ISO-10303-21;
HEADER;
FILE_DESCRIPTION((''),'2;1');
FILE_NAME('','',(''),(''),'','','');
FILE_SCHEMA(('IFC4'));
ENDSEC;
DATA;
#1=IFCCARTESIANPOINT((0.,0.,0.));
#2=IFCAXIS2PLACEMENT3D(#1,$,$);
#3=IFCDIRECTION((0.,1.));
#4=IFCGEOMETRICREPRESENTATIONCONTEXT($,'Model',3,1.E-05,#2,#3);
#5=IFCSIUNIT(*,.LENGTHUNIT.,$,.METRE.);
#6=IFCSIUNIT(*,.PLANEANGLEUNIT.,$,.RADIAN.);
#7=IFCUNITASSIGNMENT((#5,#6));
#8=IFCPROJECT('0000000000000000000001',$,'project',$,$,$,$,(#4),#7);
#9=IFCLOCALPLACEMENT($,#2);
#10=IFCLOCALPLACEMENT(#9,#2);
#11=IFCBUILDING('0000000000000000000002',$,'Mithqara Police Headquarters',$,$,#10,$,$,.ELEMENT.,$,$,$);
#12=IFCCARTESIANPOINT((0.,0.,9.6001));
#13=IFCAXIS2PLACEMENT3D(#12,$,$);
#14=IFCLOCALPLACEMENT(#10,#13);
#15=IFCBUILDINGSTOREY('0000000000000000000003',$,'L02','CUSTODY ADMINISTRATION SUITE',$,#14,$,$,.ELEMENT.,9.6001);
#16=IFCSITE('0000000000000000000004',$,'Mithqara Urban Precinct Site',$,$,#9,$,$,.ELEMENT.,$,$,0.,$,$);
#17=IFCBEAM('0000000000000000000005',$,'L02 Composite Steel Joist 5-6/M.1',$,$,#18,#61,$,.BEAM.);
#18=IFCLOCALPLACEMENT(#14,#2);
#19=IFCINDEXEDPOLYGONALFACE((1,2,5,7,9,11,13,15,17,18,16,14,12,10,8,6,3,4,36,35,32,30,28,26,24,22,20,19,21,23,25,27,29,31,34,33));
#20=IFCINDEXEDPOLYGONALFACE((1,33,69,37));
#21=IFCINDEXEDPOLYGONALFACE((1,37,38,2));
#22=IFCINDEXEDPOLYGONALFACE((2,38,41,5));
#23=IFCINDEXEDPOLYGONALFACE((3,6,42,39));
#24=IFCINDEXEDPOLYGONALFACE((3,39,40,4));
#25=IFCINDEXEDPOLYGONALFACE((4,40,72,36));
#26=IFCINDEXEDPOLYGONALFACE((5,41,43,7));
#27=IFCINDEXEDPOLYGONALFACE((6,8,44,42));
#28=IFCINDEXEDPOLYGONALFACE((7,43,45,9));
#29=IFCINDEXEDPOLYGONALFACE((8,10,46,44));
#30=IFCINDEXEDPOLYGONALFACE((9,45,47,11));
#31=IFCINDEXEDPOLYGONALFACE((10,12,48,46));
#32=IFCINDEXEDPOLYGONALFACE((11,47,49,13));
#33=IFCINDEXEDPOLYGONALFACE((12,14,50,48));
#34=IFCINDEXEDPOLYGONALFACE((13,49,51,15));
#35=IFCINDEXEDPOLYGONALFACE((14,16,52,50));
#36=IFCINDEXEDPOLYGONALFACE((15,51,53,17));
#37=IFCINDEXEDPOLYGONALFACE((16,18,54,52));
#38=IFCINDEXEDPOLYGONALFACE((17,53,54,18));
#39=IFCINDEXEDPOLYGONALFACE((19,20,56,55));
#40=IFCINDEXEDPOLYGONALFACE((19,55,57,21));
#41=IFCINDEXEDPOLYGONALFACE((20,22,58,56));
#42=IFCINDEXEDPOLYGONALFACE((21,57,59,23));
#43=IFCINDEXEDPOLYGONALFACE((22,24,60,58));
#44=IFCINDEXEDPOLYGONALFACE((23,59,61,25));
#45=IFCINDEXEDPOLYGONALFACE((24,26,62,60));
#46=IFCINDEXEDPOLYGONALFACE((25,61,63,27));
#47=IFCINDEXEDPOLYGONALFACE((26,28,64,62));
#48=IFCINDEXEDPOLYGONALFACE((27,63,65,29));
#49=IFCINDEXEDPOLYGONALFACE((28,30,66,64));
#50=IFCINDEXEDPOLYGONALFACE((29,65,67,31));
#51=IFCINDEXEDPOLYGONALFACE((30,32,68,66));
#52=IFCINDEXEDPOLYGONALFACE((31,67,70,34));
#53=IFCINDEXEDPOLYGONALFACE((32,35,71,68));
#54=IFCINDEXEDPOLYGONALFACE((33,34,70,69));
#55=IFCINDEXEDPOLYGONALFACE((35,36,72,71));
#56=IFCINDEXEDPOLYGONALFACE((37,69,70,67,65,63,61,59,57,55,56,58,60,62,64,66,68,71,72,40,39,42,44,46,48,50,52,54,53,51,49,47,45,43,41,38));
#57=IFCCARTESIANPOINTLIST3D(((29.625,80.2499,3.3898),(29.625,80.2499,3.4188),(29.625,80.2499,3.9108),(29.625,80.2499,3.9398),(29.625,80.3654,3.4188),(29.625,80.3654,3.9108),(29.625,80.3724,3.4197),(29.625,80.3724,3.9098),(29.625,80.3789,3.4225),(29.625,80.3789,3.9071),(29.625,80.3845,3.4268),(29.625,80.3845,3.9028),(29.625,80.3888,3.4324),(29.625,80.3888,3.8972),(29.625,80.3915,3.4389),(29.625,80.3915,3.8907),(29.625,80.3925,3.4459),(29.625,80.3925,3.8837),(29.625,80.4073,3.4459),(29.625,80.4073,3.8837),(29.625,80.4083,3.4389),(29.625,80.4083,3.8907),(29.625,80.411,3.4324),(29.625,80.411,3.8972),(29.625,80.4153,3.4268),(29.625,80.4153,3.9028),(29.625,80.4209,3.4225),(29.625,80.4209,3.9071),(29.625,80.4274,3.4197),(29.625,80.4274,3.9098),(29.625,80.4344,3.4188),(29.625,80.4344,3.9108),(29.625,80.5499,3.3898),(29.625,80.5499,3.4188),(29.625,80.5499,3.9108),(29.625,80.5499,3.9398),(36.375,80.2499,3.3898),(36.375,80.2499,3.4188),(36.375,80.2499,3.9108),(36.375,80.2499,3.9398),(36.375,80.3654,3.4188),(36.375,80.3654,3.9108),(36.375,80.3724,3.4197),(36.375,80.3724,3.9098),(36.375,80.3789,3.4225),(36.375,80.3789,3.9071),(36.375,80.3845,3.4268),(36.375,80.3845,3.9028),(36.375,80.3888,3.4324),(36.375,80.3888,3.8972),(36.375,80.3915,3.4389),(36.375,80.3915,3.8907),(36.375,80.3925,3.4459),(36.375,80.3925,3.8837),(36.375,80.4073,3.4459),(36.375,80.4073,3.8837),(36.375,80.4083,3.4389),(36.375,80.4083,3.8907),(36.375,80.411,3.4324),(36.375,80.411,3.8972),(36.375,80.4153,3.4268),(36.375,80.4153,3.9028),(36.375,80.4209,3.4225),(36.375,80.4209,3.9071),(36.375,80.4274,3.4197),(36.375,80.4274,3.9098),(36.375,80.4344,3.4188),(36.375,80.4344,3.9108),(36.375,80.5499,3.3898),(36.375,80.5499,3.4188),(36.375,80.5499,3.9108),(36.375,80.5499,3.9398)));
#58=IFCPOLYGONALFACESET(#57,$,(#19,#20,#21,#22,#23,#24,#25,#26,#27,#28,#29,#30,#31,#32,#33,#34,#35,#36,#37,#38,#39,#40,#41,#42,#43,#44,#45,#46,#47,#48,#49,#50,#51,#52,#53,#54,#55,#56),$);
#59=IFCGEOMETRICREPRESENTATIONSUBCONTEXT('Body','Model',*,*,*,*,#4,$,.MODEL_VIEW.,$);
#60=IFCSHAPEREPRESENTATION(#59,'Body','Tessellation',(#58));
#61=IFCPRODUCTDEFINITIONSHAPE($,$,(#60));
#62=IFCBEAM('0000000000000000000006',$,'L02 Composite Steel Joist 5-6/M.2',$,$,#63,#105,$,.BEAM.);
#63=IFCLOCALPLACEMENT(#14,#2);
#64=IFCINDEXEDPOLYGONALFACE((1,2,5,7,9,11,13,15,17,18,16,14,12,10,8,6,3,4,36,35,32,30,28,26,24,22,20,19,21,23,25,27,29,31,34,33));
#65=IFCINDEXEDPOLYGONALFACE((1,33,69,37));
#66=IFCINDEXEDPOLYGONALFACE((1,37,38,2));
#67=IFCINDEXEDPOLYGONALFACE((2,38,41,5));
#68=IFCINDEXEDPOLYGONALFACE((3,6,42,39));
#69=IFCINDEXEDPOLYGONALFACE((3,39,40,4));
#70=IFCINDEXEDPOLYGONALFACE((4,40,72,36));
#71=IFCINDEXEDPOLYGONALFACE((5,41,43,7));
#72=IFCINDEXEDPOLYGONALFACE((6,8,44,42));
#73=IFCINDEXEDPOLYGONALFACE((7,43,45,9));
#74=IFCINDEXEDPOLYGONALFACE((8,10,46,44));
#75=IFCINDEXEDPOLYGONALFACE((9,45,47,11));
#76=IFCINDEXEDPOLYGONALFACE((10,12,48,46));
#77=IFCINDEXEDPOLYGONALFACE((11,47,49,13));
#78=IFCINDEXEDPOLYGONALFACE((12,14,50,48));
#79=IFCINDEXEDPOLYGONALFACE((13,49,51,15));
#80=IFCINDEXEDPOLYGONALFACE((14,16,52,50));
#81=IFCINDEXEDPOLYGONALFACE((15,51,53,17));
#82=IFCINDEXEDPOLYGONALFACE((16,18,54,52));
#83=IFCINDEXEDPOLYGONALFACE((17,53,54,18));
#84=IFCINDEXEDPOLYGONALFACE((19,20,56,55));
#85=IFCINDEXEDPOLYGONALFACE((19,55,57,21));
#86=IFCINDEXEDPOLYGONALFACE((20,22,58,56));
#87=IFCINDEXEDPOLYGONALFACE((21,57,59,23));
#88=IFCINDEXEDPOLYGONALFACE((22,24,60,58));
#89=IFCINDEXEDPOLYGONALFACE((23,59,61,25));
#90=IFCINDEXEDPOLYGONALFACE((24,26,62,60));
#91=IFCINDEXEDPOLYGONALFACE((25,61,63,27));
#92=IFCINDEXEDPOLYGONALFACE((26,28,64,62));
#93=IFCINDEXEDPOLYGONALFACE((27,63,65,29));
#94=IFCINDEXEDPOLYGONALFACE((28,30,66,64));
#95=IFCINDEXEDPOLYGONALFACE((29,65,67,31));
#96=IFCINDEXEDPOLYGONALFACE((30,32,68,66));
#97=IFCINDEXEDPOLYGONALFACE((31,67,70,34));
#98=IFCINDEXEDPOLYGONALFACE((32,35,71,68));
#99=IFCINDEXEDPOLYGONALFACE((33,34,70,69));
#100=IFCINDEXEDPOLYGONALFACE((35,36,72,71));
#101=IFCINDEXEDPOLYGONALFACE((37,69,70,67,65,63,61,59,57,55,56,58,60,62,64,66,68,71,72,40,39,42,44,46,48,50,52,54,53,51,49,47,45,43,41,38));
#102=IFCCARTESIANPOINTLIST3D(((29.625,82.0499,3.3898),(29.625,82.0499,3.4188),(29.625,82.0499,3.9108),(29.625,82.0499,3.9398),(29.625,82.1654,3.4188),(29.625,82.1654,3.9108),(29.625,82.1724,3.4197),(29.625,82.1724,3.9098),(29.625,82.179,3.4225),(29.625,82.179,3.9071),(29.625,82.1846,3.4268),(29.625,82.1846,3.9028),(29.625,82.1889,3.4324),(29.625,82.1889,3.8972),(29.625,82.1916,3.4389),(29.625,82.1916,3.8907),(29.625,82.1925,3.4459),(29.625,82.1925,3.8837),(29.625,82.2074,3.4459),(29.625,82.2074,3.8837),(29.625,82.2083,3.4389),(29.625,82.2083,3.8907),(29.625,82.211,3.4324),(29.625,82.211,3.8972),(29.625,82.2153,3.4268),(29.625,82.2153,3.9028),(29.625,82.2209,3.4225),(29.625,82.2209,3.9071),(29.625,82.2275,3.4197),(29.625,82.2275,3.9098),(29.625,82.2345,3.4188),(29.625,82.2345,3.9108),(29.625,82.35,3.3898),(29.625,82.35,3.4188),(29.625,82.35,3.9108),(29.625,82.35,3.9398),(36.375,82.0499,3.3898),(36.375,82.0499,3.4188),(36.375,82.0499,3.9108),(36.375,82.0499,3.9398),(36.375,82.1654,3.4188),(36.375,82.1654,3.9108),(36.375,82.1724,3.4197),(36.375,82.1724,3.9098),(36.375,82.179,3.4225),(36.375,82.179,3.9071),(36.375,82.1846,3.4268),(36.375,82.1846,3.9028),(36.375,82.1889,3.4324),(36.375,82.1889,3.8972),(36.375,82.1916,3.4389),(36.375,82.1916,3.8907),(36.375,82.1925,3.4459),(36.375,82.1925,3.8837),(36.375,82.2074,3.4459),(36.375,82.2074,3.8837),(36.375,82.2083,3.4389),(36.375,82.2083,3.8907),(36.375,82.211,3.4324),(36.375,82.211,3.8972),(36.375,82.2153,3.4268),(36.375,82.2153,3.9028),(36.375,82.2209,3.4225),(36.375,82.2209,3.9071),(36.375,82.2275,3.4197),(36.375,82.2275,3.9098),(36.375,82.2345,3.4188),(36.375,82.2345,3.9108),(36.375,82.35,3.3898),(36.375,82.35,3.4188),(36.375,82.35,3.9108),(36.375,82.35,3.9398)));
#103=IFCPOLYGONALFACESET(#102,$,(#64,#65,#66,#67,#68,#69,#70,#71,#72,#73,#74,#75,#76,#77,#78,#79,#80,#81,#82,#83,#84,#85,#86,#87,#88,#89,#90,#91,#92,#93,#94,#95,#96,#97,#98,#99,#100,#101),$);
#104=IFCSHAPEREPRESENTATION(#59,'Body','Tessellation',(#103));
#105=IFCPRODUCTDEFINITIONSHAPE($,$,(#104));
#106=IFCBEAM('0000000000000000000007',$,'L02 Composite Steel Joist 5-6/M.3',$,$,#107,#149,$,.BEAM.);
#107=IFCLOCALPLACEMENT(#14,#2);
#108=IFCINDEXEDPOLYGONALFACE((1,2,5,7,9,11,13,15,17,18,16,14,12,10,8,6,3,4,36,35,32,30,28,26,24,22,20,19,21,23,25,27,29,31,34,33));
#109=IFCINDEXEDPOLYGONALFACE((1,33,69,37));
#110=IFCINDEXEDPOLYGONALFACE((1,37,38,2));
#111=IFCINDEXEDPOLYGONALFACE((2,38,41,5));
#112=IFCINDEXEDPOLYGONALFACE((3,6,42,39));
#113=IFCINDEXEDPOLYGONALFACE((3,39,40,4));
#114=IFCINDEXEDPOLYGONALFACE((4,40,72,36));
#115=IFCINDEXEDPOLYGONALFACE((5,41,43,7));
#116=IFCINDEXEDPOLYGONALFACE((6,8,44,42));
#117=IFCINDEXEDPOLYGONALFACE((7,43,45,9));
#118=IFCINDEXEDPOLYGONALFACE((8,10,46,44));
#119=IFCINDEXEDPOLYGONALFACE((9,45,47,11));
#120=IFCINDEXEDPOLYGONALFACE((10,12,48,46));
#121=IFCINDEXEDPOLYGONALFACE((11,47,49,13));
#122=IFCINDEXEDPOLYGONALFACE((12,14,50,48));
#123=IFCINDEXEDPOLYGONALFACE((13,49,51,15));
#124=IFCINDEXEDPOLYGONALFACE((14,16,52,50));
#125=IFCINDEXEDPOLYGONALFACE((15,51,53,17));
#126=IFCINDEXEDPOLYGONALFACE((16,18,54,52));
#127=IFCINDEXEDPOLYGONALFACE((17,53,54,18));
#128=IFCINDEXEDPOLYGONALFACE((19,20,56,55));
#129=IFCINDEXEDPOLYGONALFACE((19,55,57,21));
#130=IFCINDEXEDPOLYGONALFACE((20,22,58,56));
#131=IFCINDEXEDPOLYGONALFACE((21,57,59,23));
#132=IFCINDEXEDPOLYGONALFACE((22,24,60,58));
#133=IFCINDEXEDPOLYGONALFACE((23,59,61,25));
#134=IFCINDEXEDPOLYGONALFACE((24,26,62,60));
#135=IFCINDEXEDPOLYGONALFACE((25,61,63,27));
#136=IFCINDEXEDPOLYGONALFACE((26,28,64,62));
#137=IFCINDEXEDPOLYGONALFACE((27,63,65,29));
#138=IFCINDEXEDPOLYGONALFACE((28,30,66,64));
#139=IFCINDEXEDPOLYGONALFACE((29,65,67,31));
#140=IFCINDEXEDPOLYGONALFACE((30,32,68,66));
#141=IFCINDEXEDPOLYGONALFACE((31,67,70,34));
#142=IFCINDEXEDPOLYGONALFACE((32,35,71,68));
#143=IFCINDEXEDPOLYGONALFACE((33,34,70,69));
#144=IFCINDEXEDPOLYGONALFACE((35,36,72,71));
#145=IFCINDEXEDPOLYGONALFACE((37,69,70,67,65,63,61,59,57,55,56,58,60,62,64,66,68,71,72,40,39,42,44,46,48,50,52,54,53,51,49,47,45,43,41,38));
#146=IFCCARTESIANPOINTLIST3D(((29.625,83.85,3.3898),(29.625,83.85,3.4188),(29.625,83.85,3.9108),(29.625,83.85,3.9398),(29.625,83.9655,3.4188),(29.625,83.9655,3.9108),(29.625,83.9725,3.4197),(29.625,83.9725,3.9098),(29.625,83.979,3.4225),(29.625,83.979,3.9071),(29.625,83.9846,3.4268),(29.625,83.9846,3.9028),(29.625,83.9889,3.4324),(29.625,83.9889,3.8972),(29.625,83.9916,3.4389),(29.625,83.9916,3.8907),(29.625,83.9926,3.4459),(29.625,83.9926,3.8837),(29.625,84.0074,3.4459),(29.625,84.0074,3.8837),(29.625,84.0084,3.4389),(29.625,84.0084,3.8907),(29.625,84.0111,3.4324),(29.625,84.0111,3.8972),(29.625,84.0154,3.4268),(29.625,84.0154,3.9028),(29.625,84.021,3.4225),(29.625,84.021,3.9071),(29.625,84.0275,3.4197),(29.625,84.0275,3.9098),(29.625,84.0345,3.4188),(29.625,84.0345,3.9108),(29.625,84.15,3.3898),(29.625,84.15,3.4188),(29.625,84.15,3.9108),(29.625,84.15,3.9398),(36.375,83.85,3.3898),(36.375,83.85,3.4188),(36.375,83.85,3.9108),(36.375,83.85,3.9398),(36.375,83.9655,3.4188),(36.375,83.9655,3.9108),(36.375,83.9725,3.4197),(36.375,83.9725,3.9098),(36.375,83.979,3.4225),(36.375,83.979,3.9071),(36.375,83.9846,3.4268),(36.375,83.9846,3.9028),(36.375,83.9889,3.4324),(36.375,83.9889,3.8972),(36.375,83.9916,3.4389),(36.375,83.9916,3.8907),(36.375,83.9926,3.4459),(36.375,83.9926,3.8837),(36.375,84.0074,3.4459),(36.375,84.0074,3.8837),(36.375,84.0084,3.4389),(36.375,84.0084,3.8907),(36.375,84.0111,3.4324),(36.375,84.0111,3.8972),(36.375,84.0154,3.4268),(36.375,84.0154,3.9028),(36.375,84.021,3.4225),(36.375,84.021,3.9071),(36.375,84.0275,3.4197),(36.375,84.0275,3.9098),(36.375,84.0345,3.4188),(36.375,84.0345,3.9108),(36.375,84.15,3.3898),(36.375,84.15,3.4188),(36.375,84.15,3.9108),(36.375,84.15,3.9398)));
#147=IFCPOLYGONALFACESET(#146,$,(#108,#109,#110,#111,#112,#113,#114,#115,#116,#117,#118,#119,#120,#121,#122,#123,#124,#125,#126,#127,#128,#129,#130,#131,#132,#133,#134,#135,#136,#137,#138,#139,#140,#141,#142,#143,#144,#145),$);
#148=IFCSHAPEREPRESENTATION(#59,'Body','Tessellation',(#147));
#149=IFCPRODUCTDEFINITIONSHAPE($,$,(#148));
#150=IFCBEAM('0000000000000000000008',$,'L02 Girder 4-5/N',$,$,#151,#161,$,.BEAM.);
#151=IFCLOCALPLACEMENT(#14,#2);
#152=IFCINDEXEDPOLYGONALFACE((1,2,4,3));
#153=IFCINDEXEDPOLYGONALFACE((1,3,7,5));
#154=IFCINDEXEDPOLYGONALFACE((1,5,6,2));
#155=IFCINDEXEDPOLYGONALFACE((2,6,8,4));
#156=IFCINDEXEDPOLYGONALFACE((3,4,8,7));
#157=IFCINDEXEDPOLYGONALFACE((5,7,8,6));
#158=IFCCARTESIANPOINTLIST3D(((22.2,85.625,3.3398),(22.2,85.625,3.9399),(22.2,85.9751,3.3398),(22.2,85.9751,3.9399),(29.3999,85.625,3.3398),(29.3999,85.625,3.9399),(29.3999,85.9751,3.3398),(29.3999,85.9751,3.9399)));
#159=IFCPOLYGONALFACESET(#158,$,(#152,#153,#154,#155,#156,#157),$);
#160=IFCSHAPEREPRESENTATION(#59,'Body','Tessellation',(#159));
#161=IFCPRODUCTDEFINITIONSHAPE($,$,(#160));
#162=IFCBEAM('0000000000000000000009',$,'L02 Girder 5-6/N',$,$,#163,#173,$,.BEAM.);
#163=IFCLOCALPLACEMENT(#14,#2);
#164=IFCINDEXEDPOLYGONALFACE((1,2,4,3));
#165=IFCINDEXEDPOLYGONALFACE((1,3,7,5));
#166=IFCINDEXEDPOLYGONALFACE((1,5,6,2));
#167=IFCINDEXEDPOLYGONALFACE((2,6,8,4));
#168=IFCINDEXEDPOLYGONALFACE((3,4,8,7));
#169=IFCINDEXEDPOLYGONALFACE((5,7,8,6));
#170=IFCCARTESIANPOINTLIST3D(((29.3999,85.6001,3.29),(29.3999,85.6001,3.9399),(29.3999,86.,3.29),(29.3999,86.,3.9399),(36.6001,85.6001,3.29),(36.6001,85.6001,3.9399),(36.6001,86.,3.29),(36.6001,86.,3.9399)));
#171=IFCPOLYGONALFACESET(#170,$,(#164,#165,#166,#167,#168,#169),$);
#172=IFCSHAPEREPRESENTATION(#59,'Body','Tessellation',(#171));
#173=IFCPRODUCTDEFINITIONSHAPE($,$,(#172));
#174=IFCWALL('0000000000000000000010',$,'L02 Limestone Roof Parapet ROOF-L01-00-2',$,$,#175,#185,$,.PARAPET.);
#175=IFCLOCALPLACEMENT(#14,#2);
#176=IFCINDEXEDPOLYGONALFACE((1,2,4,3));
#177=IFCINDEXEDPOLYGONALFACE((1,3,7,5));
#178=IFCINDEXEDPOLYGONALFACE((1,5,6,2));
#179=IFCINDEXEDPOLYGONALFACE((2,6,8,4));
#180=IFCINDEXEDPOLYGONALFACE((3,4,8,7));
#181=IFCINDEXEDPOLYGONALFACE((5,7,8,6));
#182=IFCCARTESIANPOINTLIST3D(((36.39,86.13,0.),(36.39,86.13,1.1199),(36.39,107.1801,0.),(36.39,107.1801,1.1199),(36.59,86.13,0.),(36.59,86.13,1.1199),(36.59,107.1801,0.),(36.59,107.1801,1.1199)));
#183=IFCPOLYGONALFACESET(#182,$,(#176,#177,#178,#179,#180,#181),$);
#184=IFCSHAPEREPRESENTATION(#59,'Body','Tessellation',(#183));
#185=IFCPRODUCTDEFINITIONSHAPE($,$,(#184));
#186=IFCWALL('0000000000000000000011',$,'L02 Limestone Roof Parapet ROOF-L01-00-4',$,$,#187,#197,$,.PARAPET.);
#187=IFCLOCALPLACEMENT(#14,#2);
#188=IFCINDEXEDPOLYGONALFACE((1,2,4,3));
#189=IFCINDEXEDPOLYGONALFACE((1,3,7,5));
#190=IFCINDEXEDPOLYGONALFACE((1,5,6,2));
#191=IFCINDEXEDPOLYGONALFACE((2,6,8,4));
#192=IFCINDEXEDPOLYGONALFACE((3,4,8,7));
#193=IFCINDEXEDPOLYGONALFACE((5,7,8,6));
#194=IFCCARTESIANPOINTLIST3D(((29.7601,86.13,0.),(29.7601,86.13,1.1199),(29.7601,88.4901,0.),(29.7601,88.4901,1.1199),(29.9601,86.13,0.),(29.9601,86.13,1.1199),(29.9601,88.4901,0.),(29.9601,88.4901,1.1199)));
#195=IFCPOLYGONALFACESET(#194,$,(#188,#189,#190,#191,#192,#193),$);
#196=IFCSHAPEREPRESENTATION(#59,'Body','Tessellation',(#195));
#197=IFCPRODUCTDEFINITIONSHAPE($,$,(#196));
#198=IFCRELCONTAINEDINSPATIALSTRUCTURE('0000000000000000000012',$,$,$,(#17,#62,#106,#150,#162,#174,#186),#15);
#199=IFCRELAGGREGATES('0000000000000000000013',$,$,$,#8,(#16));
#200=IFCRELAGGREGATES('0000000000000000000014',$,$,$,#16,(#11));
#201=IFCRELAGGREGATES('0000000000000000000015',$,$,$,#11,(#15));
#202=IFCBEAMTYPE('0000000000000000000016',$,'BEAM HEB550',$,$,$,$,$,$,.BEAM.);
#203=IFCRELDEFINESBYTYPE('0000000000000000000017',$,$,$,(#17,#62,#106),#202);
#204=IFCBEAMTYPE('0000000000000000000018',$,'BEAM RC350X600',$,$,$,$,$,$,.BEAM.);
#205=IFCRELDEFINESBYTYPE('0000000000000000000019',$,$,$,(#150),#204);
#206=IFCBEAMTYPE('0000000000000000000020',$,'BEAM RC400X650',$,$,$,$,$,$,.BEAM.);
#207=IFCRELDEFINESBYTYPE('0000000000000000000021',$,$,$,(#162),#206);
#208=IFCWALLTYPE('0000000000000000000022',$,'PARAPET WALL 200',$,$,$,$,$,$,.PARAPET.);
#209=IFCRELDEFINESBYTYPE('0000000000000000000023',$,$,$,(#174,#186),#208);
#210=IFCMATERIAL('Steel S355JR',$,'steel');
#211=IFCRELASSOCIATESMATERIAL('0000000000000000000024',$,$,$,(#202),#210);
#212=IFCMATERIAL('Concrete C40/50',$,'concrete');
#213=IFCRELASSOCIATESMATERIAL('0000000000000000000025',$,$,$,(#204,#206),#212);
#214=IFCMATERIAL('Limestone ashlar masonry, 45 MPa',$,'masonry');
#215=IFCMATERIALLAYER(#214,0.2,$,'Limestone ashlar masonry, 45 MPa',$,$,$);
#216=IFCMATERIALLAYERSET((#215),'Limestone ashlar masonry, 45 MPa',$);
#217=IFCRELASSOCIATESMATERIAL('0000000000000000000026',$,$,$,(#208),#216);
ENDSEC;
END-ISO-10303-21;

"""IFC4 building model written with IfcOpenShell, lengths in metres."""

from ifc_helpers import new_model, si_unit, direction, frame, frame_2d, origin, origin_2d, place, context, subcontext, project, spatial, rectangle, i_section, extrude, material, layer, layer_set, material_profile, profile_set, type_object, element, save


model = new_model("IFC4")

# Units and contexts
model_context = context("Model", 3, precision=1e-05, world=origin(), true_north=direction((0.0, 1.0)))
body_context = subcontext(model_context, "Body", "Model", "MODEL_VIEW")
ifc_project = project(units=[si_unit("LENGTHUNIT", "METRE"), si_unit("PLANEANGLEUNIT", "RADIAN")], contexts=[model_context])

# Site, building, storey
site_placement = place(None, origin())
site = spatial("IfcSite", under=ifc_project, at=site_placement, Name="Mithqara Urban Precinct Site", CompositionType="ELEMENT", RefElevation=0.0)
building_placement = place(site_placement, origin())
building = spatial("IfcBuilding", under=site, at=building_placement, Name="Mithqara Police Headquarters", CompositionType="ELEMENT")
storey_placement = place(building_placement, frame((0.0, 0.0, 9.6001)))
storey = spatial("IfcBuildingStorey", under=building, at=storey_placement, Name="L02", Description="CUSTODY ADMINISTRATION SUITE", CompositionType="ELEMENT", Elevation=9.6001)

# Beams
ifc_material_1 = material(Name="Steel S355JR", Category="steel")
ifc_material_profile_1 = material_profile(ifc_material_1, i_section(OverallWidth=0.3, OverallDepth=0.55, WebThickness=0.0149, FlangeThickness=0.0291, FilletRadius=0.0271, at=origin_2d()), Name="HEB 550")
ifc_profile_set_1 = profile_set([ifc_material_profile_1], Name="Steel S355JR")
beam_type_1 = type_object("IfcBeamType", Name="BEAM HEB550", PredefinedType="BEAM", material=ifc_profile_set_1)
for number, where, z_axis, x_axis, name in (
    (1, (29.625, 80.3999, 3.6648), (1.0, 0.0, 0.0), (0.0, 1.0, 0.0), "L02 Composite Steel Joist 5-6/M.1"),
    (2, (29.625, 82.2, 3.6648), (1.0, 0.0, 0.0), (0.0, 1.0, 0.0), "L02 Composite Steel Joist 5-6/M.2"),
    (3, (29.625, 84.0, 3.6648), (1.0, 0.0, 0.0), (0.0, 1.0, 0.0), "L02 Composite Steel Joist 5-6/M.3"),
):
    element("IfcBeam", number, at=place(storey_placement, frame(where, z_axis=z_axis, x_axis=x_axis)), inside=storey, type_object=beam_type_1, Name=name, PredefinedType="BEAM", context=body_context, shape_type="SweptSolid", body=[
        extrude(i_section(OverallWidth=0.3, OverallDepth=0.55, WebThickness=0.0149, FlangeThickness=0.0291, FilletRadius=0.0271, at=origin_2d()), origin(), (0.0, 0.0, 1.0), 6.75),
    ])
ifc_material_2 = material(Name="Concrete C40/50", Category="concrete")
ifc_material_profile_2 = material_profile(ifc_material_2, rectangle(XDim=0.3501, YDim=0.6001, at=origin_2d()), Name="RC 350x600")
ifc_profile_set_2 = profile_set([ifc_material_profile_2], Name="Concrete C40/50")
beam_type_2 = type_object("IfcBeamType", Name="BEAM RC350X600", PredefinedType="BEAM", material=ifc_profile_set_2)
beam_1_placement = place(storey_placement, frame((22.2, 85.8, 3.6399), z_axis=(1.0, 0.0, 0.0), x_axis=(0.0, 1.0, 0.0)))
element("IfcBeam", 4, at=beam_1_placement, inside=storey, type_object=beam_type_2, Name="L02 Girder 4-5/N", PredefinedType="BEAM", context=body_context, shape_type="SweptSolid", body=[
    extrude(rectangle(XDim=0.3501, YDim=0.6001, at=origin_2d()), origin(), (0.0, 0.0, 1.0), 7.2),
])
ifc_material_profile_3 = material_profile(ifc_material_2, rectangle(XDim=0.3999, YDim=0.6499, at=origin_2d()), Name="RC 400x650")
ifc_profile_set_3 = profile_set([ifc_material_profile_3], Name="Concrete C40/50")
beam_type_3 = type_object("IfcBeamType", Name="BEAM RC400X650", PredefinedType="BEAM", material=ifc_profile_set_3)
beam_2_placement = place(storey_placement, frame((29.3999, 85.8, 3.615), z_axis=(1.0, 0.0, 0.0), x_axis=(0.0, 1.0, 0.0)))
element("IfcBeam", 5, at=beam_2_placement, inside=storey, type_object=beam_type_3, Name="L02 Girder 5-6/N", PredefinedType="BEAM", context=body_context, shape_type="SweptSolid", body=[
    extrude(rectangle(XDim=0.3999, YDim=0.6499, at=origin_2d()), origin(), (0.0, 0.0, 1.0), 7.2002),
])

# Walls
ifc_material_3 = material(Name="Limestone ashlar masonry, 45 MPa", Category="masonry")
ifc_layer_1 = layer(ifc_material_3, 0.2, Name="Limestone ashlar masonry, 45 MPa")
ifc_layer_set_1 = layer_set([ifc_layer_1], Name="Limestone ashlar masonry, 45 MPa")
wall_type_1 = type_object("IfcWallType", Name="PARAPET WALL 200", PredefinedType="PARAPET", material=ifc_layer_set_1)
wall_1_placement = place(storey_placement, frame((36.49, 107.1799, 0.0), z_axis=(0.0, 0.0, 1.0), x_axis=(0.0, -1.0, 0.0)))
element("IfcWall", 6, at=wall_1_placement, inside=storey, type_object=wall_type_1, Name="L02 Limestone Roof Parapet ROOF-L01-00-2", PredefinedType="PARAPET", context=body_context, shape_type="SweptSolid", body=[
    extrude(rectangle(XDim=21.05, YDim=0.2, at=frame_2d((10.5249, 0.0))), origin(), (0.0, 0.0, 1.0), 1.1199),
])
wall_2_placement = place(storey_placement, frame((29.8601, 86.1299, 0.0), z_axis=(0.0, 0.0, 1.0), x_axis=(0.0, 1.0, 0.0)))
element("IfcWall", 7, at=wall_2_placement, inside=storey, type_object=wall_type_1, Name="L02 Limestone Roof Parapet ROOF-L01-00-4", PredefinedType="PARAPET", context=body_context, shape_type="SweptSolid", body=[
    extrude(rectangle(XDim=2.3601, YDim=0.2, at=frame_2d((1.1802, 0.0))), origin(), (0.0, 0.0, 1.0), 1.1199),
])

save(model, "model.ifc")
